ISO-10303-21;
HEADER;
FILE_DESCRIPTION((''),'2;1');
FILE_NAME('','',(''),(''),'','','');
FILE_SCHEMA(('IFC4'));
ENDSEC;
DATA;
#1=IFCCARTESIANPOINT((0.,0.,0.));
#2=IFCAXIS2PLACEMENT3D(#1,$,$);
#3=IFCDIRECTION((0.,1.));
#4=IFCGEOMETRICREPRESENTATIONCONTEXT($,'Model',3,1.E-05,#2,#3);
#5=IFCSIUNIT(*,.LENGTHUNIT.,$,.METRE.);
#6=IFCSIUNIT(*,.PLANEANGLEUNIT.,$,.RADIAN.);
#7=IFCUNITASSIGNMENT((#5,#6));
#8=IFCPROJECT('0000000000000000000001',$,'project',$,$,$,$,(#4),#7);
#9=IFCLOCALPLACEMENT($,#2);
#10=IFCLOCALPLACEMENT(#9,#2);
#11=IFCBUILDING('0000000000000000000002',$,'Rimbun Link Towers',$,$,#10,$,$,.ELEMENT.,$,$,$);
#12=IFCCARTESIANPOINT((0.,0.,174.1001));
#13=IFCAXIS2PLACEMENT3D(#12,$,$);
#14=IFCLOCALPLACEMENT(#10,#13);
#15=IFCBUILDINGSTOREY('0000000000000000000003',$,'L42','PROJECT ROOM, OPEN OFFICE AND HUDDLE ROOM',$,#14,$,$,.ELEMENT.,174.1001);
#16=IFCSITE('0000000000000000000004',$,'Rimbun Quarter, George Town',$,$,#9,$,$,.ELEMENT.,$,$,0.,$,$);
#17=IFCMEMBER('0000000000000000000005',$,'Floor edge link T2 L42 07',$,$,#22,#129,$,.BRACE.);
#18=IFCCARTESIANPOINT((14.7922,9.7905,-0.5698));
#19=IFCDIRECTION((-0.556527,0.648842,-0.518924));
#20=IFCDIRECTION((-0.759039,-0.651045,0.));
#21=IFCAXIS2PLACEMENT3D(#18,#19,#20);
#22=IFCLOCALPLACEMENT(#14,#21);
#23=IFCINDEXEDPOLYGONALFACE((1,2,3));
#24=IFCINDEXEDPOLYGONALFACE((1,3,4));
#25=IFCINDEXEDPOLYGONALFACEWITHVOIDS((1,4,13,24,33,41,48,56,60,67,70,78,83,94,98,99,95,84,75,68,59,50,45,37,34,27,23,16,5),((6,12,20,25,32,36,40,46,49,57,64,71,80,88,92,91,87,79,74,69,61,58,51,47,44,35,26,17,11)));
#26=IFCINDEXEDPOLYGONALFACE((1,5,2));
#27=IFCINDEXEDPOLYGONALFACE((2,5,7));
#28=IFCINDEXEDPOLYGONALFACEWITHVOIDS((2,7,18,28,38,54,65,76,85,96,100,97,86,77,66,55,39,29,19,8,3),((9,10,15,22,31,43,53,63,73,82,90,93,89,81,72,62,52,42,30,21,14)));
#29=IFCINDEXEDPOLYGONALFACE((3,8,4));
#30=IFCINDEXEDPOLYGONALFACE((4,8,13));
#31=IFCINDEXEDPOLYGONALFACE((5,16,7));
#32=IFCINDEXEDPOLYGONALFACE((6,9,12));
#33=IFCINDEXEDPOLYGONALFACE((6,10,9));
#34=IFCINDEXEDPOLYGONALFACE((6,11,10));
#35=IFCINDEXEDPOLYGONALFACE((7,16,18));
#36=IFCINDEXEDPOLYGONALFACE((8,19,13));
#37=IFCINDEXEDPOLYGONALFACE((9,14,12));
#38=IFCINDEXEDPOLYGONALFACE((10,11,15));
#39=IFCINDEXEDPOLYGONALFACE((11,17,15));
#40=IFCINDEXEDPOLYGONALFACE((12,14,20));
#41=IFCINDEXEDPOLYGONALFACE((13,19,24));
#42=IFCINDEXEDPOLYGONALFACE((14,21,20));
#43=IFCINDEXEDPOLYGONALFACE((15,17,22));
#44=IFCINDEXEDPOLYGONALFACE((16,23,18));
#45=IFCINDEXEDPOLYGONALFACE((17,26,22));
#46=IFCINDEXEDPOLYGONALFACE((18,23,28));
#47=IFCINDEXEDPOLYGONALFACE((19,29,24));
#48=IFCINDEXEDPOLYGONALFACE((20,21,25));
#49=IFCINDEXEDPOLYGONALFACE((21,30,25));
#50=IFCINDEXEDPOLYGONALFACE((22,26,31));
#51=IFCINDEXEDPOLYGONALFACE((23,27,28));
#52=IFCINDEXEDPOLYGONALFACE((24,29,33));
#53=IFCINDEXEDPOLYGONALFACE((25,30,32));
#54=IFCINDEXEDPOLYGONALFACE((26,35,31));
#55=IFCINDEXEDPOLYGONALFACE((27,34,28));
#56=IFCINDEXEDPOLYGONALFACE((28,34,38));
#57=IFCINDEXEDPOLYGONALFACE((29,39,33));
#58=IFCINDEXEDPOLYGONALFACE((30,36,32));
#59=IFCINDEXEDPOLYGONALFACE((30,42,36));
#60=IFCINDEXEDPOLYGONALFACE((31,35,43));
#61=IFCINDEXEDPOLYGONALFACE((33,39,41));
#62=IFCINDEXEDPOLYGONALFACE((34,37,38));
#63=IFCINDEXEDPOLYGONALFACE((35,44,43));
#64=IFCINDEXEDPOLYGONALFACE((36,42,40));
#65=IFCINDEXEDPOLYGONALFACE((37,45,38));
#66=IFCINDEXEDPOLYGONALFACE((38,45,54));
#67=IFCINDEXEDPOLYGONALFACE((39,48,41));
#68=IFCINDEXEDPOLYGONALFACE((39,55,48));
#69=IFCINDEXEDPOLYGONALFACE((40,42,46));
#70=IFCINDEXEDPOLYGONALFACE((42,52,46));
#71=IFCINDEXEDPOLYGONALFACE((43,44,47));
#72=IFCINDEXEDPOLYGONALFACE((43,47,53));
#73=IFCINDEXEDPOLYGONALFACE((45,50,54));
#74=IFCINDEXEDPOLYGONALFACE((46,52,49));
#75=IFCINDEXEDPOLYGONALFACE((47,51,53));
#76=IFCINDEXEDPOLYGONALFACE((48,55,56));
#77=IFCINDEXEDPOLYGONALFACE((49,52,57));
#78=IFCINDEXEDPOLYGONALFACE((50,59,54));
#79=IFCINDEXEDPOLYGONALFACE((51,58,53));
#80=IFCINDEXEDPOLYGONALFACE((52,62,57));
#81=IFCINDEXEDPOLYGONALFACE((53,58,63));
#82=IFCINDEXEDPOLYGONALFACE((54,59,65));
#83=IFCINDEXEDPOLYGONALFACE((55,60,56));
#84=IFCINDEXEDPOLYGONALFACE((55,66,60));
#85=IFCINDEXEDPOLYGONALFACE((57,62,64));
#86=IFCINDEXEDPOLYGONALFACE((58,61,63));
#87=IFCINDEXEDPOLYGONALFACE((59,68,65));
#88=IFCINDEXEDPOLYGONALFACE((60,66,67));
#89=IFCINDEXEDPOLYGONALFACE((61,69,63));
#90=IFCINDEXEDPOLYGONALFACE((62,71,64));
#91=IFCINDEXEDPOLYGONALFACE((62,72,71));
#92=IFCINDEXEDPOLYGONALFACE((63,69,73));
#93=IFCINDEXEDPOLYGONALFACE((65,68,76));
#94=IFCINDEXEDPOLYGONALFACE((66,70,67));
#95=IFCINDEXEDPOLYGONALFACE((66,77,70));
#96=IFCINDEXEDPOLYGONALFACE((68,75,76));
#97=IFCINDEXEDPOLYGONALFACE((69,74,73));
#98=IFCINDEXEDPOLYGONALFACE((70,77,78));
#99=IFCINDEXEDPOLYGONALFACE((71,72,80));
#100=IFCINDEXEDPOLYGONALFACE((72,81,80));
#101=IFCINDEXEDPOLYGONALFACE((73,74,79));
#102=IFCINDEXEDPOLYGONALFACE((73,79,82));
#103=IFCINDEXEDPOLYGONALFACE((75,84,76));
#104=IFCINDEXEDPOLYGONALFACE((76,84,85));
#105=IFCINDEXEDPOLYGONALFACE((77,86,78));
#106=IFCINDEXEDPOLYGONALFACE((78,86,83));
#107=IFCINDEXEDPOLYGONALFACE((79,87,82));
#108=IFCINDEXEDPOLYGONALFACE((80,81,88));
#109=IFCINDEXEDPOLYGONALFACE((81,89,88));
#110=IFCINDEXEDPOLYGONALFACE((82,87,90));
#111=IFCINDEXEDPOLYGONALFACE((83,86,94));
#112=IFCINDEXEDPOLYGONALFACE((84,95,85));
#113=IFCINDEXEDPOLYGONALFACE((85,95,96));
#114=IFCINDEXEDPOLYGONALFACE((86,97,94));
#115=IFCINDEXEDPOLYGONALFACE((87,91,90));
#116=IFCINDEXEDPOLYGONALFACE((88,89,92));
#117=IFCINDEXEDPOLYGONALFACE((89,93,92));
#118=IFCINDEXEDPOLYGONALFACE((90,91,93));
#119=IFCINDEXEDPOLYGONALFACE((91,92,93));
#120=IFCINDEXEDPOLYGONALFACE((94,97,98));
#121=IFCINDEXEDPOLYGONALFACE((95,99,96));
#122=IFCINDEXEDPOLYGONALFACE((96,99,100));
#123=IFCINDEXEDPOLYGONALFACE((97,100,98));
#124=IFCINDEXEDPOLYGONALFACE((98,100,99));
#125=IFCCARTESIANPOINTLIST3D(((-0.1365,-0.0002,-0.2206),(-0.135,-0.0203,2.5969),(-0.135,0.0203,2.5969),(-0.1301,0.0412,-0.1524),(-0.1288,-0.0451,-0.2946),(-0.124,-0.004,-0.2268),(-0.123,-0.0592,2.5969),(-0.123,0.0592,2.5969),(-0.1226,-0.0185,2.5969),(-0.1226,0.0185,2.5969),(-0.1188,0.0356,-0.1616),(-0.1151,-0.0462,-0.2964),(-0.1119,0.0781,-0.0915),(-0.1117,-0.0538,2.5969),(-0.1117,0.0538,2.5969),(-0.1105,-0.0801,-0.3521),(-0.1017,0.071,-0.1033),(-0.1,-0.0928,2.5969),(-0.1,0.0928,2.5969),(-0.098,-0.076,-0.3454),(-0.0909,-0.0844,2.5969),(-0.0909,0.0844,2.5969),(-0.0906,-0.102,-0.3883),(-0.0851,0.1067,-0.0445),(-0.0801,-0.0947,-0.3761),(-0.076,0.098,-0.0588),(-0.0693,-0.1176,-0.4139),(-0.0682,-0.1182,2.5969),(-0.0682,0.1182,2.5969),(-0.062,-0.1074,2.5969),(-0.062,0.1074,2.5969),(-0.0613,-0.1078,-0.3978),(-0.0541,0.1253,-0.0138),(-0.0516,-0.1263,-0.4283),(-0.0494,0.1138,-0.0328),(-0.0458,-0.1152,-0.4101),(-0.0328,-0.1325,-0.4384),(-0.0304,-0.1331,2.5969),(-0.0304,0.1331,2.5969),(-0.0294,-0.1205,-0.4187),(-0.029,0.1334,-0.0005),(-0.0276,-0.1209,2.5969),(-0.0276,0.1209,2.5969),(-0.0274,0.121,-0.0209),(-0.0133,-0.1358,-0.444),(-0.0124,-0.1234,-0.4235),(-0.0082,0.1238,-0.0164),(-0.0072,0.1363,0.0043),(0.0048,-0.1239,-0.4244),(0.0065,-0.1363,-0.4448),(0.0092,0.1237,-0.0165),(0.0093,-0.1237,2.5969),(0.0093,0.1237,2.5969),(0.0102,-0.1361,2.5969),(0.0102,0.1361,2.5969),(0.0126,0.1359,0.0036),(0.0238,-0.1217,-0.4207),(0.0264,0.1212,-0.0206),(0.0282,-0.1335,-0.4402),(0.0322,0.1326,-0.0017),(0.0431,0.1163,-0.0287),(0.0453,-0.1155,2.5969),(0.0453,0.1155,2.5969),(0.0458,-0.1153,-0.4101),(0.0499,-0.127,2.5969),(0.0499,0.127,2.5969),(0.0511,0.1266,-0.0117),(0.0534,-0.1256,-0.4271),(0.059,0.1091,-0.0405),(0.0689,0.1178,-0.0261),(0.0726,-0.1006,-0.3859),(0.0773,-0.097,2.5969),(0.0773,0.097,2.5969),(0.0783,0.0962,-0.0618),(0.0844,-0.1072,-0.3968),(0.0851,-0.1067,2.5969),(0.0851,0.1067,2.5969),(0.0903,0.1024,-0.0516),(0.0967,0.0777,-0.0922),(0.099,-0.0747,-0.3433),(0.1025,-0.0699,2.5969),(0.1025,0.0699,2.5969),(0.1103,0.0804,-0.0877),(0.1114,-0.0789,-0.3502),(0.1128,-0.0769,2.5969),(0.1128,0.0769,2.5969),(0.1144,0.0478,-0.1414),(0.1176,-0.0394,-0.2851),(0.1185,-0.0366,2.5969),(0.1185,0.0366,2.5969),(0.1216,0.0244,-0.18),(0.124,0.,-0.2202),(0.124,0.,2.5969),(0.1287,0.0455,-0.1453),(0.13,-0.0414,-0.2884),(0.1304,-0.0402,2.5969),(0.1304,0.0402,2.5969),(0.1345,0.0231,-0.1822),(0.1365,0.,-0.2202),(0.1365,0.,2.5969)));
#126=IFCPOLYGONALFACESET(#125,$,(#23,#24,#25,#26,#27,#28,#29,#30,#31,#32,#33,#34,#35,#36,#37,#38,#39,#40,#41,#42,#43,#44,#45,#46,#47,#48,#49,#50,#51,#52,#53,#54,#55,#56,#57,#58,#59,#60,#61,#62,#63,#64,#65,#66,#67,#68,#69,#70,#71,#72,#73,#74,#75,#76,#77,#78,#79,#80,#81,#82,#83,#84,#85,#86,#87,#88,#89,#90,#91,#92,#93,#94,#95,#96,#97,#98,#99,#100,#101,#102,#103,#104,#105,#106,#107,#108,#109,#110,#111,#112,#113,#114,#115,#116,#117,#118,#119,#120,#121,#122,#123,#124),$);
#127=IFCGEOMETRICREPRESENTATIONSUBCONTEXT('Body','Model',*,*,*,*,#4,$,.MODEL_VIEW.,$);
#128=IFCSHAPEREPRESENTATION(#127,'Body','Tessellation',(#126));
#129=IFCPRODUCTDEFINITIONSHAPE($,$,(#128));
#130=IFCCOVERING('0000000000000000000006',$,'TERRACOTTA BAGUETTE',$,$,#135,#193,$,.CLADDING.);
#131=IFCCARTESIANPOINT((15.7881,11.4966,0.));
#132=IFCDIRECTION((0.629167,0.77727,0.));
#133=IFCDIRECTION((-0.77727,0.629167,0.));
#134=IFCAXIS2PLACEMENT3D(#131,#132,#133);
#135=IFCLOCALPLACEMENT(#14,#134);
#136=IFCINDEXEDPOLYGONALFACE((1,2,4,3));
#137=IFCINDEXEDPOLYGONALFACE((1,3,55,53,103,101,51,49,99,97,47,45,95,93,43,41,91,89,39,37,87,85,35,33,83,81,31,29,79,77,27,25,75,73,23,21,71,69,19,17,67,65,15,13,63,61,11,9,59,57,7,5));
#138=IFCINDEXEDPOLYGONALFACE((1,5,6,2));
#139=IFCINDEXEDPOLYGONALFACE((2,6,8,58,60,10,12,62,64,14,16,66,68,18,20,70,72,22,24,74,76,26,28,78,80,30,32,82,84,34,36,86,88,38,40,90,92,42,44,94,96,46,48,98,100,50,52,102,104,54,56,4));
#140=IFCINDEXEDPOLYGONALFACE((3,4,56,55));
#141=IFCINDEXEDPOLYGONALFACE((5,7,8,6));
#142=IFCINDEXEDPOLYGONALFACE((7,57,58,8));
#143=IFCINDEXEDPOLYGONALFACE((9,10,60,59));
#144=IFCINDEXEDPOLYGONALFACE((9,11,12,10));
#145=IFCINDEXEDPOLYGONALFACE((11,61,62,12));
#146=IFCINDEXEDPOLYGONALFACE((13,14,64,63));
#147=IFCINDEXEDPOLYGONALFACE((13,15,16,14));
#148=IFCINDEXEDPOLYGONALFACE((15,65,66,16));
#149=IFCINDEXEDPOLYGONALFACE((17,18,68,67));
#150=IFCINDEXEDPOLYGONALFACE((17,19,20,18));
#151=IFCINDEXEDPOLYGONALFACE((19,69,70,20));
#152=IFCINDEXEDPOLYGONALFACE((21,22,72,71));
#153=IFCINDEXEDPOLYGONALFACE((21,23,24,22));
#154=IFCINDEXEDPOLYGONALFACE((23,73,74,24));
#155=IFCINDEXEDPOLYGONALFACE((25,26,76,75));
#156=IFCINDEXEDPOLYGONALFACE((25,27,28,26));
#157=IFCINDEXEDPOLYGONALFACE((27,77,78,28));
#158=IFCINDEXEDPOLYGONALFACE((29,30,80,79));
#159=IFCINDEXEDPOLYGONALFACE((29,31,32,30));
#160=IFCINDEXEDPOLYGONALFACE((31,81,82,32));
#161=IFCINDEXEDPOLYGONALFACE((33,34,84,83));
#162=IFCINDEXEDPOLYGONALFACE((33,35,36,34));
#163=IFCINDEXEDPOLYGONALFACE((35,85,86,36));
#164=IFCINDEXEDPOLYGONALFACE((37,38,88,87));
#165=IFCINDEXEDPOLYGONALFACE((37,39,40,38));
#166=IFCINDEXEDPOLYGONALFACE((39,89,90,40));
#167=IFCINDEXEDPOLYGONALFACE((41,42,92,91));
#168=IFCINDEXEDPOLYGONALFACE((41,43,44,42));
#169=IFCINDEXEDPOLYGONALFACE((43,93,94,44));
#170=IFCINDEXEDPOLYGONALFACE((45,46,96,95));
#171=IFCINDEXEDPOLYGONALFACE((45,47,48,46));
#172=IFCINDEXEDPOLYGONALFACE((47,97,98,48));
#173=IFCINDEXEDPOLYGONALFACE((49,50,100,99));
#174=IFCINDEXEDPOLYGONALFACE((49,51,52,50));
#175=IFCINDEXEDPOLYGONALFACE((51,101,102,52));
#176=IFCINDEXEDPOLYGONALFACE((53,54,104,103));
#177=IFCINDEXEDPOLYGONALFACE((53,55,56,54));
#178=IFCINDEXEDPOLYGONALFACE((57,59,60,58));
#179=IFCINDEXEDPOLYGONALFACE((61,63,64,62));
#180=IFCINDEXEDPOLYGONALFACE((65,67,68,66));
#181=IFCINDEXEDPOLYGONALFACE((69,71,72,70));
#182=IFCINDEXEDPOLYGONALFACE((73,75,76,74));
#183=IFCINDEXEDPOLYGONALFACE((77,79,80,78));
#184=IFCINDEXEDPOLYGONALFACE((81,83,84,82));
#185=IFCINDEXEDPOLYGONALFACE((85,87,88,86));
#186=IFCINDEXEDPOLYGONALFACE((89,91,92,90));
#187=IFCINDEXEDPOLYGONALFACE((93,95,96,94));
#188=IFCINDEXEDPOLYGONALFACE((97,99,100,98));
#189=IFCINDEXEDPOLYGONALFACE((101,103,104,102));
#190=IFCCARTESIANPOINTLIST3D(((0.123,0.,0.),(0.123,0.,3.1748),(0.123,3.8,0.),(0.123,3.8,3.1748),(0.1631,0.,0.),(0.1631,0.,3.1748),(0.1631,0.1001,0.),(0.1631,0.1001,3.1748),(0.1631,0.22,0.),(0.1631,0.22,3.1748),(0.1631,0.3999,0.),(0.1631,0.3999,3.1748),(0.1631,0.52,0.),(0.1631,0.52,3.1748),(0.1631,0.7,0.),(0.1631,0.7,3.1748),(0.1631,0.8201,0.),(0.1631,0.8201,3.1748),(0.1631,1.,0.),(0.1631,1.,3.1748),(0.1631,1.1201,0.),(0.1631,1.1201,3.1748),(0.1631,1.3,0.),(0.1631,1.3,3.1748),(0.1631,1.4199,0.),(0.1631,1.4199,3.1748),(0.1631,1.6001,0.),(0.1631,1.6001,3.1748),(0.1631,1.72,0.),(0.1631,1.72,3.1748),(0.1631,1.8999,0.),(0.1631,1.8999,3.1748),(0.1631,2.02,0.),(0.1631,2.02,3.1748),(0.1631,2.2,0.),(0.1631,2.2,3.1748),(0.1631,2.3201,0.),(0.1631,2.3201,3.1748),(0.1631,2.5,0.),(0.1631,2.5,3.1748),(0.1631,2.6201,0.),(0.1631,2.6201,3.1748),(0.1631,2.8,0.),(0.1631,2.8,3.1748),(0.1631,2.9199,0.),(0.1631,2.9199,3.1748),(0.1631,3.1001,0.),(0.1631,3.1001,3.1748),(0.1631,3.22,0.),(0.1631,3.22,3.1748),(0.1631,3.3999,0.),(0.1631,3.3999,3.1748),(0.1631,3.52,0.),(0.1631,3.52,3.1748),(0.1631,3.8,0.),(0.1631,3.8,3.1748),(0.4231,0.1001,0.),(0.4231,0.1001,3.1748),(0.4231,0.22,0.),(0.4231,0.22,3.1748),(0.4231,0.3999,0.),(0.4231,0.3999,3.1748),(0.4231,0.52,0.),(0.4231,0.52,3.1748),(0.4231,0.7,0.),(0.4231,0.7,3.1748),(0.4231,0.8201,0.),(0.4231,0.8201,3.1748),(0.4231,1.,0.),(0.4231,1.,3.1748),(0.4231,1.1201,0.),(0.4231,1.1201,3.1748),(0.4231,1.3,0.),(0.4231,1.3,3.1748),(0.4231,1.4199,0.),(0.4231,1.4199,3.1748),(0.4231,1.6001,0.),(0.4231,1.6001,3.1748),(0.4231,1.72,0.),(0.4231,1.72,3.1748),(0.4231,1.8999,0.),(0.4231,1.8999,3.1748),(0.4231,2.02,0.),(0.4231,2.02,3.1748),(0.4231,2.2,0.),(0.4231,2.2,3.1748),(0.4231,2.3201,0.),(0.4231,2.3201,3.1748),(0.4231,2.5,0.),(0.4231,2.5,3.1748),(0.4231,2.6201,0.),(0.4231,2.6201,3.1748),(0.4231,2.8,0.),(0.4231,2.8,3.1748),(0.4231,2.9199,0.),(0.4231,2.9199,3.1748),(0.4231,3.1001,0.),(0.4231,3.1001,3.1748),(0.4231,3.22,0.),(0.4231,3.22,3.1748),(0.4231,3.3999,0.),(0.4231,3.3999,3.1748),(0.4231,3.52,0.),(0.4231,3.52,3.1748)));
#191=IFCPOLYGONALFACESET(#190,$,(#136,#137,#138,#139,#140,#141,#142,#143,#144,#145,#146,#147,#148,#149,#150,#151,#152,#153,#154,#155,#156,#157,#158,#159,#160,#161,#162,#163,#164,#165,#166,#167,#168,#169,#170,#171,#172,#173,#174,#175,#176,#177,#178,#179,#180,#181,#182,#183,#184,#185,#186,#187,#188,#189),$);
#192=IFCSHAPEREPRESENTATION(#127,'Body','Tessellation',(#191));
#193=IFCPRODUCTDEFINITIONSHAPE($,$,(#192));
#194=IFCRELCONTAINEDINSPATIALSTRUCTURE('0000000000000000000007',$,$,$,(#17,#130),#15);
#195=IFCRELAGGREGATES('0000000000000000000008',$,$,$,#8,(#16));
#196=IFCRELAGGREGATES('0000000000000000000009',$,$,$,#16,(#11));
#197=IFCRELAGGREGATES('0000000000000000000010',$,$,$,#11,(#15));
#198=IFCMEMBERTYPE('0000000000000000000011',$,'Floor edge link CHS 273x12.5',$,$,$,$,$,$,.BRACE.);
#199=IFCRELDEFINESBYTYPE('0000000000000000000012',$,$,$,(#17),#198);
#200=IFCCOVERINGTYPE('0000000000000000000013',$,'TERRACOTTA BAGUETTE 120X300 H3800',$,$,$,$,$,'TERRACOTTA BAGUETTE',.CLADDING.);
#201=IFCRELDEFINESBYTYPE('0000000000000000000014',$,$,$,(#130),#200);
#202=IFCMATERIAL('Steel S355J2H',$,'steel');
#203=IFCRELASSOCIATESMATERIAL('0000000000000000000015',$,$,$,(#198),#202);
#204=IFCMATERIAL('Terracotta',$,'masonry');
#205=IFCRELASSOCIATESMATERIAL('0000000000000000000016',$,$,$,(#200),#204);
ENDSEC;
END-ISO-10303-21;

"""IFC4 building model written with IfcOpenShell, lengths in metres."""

from ifc_helpers import new_model, si_unit, direction, frame, origin, origin_2d, place, context, subcontext, project, spatial, polyline, hollow_circle, outline, extrude, clip, halfspace, material, material_profile, profile_set, type_object, element, save


model = new_model("IFC4")

# Units and contexts
model_context = context("Model", 3, precision=1e-05, world=origin(), true_north=direction((0.0, 1.0)))
body_context = subcontext(model_context, "Body", "Model", "MODEL_VIEW")
ifc_project = project(units=[si_unit("LENGTHUNIT", "METRE"), si_unit("PLANEANGLEUNIT", "RADIAN")], contexts=[model_context])

# Site, building, storey
site_placement = place(None, origin())
site = spatial("IfcSite", under=ifc_project, at=site_placement, Name="Rimbun Quarter, George Town", CompositionType="ELEMENT", RefElevation=0.0)
building_placement = place(site_placement, origin())
building = spatial("IfcBuilding", under=site, at=building_placement, Name="Rimbun Link Towers", CompositionType="ELEMENT")
storey_placement = place(building_placement, frame((0.0, 0.0, 174.1001)))
storey = spatial("IfcBuildingStorey", under=building, at=storey_placement, Name="L42", Description="PROJECT ROOM, OPEN OFFICE AND HUDDLE ROOM", CompositionType="ELEMENT", Elevation=174.1001)

# Member
ifc_material_1 = material(Name="Steel S355J2H", Category="steel")
ifc_material_profile_1 = material_profile(ifc_material_1, hollow_circle(Radius=0.1365, WallThickness=0.0125, at=origin_2d()), Name="CHS 273x12.5")
ifc_profile_set_1 = profile_set([ifc_material_profile_1], Name="Steel S355J2H")
member_type_1 = type_object("IfcMemberType", Name="Floor edge link CHS 273x12.5", PredefinedType="BRACE", material=ifc_profile_set_1)
member_1_placement = place(storey_placement, frame((14.7922, 9.7905, -0.5698), z_axis=(-0.556527, 0.648842, -0.518924), x_axis=(-0.759039, -0.651045, 0.0)))
element("IfcMember", 1, at=member_1_placement, inside=storey, type_object=member_type_1, Name="Floor edge link T2 L42 07", PredefinedType="BRACE", context=body_context, shape_type="Clipping", body=[
    clip(extrude(hollow_circle(Radius=0.1365, WallThickness=0.0125, at=origin_2d()), frame((0.0, 0.0, -0.469)), (0.0, 0.0, 1.0), 3.0659), halfspace(frame((0.0, 0.0, -0.2202), z_axis=(0.0, 0.854821, -0.518924)), False)),
])

# Covering
ifc_material_2 = material(Name="Terracotta", Category="masonry")
ifc_material_profile_2 = material_profile(ifc_material_2, outline(polyline([(0.123, 0.0), (0.1631, 0.0), (0.1631, 0.1001), (0.4231, 0.1001), (0.4231, 0.22), (0.1631, 0.22), (0.1631, 0.3999), (0.4231, 0.3999), (0.4231, 0.52), (0.1631, 0.52), (0.1631, 0.7), (0.4231, 0.7), (0.4231, 0.8201), (0.1631, 0.8201), (0.1631, 1.0), (0.4231, 1.0), (0.4231, 1.1201), (0.1631, 1.1201), (0.1631, 1.3), (0.4231, 1.3), (0.4231, 1.4199), (0.1631, 1.4199), (0.1631, 1.6001), (0.4231, 1.6001), (0.4231, 1.72), (0.1631, 1.72), (0.1631, 1.8999), (0.4231, 1.8999), (0.4231, 2.02), (0.1631, 2.02), (0.1631, 2.2), (0.4231, 2.2), (0.4231, 2.3201), (0.1631, 2.3201), (0.1631, 2.5), (0.4231, 2.5), (0.4231, 2.6201), (0.1631, 2.6201), (0.1631, 2.8), (0.4231, 2.8), (0.4231, 2.9199), (0.1631, 2.9199), (0.1631, 3.1001), (0.4231, 3.1001), (0.4231, 3.22), (0.1631, 3.22), (0.1631, 3.3999), (0.4231, 3.3999), (0.4231, 3.52), (0.1631, 3.52), (0.1631, 3.8), (0.123, 3.8), (0.123, 0.0)])), Name="BAGUETTE 120X300")
ifc_profile_set_2 = profile_set([ifc_material_profile_2], Name="Terracotta")
covering_type = type_object("IfcCoveringType", Name="TERRACOTTA BAGUETTE 120X300 H3800", ElementType="TERRACOTTA BAGUETTE", PredefinedType="CLADDING", material=ifc_profile_set_2)
covering_1_placement = place(storey_placement, frame((15.7881, 11.4966, 0.0), z_axis=(0.629167, 0.77727, 0.0), x_axis=(-0.77727, 0.629167, 0.0)))
element("IfcCovering", 2, at=covering_1_placement, inside=storey, type_object=covering_type, Name="TERRACOTTA BAGUETTE", PredefinedType="CLADDING", context=body_context, shape_type="SweptSolid", body=[
    extrude(outline(polyline([(0.123, 0.0), (0.1631, 0.0), (0.1631, 0.1001), (0.4231, 0.1001), (0.4231, 0.22), (0.1631, 0.22), (0.1631, 0.3999), (0.4231, 0.3999), (0.4231, 0.52), (0.1631, 0.52), (0.1631, 0.7), (0.4231, 0.7), (0.4231, 0.8201), (0.1631, 0.8201), (0.1631, 1.0), (0.4231, 1.0), (0.4231, 1.1201), (0.1631, 1.1201), (0.1631, 1.3), (0.4231, 1.3), (0.4231, 1.4199), (0.1631, 1.4199), (0.1631, 1.6001), (0.4231, 1.6001), (0.4231, 1.72), (0.1631, 1.72), (0.1631, 1.8999), (0.4231, 1.8999), (0.4231, 2.02), (0.1631, 2.02), (0.1631, 2.2), (0.4231, 2.2), (0.4231, 2.3201), (0.1631, 2.3201), (0.1631, 2.5), (0.4231, 2.5), (0.4231, 2.6201), (0.1631, 2.6201), (0.1631, 2.8), (0.4231, 2.8), (0.4231, 2.9199), (0.1631, 2.9199), (0.1631, 3.1001), (0.4231, 3.1001), (0.4231, 3.22), (0.1631, 3.22), (0.1631, 3.3999), (0.4231, 3.3999), (0.4231, 3.52), (0.1631, 3.52), (0.1631, 3.8), (0.123, 3.8), (0.123, 0.0)])), origin(), (0.0, 0.0, 1.0), 3.1748),
])

save(model, "model.ifc")
